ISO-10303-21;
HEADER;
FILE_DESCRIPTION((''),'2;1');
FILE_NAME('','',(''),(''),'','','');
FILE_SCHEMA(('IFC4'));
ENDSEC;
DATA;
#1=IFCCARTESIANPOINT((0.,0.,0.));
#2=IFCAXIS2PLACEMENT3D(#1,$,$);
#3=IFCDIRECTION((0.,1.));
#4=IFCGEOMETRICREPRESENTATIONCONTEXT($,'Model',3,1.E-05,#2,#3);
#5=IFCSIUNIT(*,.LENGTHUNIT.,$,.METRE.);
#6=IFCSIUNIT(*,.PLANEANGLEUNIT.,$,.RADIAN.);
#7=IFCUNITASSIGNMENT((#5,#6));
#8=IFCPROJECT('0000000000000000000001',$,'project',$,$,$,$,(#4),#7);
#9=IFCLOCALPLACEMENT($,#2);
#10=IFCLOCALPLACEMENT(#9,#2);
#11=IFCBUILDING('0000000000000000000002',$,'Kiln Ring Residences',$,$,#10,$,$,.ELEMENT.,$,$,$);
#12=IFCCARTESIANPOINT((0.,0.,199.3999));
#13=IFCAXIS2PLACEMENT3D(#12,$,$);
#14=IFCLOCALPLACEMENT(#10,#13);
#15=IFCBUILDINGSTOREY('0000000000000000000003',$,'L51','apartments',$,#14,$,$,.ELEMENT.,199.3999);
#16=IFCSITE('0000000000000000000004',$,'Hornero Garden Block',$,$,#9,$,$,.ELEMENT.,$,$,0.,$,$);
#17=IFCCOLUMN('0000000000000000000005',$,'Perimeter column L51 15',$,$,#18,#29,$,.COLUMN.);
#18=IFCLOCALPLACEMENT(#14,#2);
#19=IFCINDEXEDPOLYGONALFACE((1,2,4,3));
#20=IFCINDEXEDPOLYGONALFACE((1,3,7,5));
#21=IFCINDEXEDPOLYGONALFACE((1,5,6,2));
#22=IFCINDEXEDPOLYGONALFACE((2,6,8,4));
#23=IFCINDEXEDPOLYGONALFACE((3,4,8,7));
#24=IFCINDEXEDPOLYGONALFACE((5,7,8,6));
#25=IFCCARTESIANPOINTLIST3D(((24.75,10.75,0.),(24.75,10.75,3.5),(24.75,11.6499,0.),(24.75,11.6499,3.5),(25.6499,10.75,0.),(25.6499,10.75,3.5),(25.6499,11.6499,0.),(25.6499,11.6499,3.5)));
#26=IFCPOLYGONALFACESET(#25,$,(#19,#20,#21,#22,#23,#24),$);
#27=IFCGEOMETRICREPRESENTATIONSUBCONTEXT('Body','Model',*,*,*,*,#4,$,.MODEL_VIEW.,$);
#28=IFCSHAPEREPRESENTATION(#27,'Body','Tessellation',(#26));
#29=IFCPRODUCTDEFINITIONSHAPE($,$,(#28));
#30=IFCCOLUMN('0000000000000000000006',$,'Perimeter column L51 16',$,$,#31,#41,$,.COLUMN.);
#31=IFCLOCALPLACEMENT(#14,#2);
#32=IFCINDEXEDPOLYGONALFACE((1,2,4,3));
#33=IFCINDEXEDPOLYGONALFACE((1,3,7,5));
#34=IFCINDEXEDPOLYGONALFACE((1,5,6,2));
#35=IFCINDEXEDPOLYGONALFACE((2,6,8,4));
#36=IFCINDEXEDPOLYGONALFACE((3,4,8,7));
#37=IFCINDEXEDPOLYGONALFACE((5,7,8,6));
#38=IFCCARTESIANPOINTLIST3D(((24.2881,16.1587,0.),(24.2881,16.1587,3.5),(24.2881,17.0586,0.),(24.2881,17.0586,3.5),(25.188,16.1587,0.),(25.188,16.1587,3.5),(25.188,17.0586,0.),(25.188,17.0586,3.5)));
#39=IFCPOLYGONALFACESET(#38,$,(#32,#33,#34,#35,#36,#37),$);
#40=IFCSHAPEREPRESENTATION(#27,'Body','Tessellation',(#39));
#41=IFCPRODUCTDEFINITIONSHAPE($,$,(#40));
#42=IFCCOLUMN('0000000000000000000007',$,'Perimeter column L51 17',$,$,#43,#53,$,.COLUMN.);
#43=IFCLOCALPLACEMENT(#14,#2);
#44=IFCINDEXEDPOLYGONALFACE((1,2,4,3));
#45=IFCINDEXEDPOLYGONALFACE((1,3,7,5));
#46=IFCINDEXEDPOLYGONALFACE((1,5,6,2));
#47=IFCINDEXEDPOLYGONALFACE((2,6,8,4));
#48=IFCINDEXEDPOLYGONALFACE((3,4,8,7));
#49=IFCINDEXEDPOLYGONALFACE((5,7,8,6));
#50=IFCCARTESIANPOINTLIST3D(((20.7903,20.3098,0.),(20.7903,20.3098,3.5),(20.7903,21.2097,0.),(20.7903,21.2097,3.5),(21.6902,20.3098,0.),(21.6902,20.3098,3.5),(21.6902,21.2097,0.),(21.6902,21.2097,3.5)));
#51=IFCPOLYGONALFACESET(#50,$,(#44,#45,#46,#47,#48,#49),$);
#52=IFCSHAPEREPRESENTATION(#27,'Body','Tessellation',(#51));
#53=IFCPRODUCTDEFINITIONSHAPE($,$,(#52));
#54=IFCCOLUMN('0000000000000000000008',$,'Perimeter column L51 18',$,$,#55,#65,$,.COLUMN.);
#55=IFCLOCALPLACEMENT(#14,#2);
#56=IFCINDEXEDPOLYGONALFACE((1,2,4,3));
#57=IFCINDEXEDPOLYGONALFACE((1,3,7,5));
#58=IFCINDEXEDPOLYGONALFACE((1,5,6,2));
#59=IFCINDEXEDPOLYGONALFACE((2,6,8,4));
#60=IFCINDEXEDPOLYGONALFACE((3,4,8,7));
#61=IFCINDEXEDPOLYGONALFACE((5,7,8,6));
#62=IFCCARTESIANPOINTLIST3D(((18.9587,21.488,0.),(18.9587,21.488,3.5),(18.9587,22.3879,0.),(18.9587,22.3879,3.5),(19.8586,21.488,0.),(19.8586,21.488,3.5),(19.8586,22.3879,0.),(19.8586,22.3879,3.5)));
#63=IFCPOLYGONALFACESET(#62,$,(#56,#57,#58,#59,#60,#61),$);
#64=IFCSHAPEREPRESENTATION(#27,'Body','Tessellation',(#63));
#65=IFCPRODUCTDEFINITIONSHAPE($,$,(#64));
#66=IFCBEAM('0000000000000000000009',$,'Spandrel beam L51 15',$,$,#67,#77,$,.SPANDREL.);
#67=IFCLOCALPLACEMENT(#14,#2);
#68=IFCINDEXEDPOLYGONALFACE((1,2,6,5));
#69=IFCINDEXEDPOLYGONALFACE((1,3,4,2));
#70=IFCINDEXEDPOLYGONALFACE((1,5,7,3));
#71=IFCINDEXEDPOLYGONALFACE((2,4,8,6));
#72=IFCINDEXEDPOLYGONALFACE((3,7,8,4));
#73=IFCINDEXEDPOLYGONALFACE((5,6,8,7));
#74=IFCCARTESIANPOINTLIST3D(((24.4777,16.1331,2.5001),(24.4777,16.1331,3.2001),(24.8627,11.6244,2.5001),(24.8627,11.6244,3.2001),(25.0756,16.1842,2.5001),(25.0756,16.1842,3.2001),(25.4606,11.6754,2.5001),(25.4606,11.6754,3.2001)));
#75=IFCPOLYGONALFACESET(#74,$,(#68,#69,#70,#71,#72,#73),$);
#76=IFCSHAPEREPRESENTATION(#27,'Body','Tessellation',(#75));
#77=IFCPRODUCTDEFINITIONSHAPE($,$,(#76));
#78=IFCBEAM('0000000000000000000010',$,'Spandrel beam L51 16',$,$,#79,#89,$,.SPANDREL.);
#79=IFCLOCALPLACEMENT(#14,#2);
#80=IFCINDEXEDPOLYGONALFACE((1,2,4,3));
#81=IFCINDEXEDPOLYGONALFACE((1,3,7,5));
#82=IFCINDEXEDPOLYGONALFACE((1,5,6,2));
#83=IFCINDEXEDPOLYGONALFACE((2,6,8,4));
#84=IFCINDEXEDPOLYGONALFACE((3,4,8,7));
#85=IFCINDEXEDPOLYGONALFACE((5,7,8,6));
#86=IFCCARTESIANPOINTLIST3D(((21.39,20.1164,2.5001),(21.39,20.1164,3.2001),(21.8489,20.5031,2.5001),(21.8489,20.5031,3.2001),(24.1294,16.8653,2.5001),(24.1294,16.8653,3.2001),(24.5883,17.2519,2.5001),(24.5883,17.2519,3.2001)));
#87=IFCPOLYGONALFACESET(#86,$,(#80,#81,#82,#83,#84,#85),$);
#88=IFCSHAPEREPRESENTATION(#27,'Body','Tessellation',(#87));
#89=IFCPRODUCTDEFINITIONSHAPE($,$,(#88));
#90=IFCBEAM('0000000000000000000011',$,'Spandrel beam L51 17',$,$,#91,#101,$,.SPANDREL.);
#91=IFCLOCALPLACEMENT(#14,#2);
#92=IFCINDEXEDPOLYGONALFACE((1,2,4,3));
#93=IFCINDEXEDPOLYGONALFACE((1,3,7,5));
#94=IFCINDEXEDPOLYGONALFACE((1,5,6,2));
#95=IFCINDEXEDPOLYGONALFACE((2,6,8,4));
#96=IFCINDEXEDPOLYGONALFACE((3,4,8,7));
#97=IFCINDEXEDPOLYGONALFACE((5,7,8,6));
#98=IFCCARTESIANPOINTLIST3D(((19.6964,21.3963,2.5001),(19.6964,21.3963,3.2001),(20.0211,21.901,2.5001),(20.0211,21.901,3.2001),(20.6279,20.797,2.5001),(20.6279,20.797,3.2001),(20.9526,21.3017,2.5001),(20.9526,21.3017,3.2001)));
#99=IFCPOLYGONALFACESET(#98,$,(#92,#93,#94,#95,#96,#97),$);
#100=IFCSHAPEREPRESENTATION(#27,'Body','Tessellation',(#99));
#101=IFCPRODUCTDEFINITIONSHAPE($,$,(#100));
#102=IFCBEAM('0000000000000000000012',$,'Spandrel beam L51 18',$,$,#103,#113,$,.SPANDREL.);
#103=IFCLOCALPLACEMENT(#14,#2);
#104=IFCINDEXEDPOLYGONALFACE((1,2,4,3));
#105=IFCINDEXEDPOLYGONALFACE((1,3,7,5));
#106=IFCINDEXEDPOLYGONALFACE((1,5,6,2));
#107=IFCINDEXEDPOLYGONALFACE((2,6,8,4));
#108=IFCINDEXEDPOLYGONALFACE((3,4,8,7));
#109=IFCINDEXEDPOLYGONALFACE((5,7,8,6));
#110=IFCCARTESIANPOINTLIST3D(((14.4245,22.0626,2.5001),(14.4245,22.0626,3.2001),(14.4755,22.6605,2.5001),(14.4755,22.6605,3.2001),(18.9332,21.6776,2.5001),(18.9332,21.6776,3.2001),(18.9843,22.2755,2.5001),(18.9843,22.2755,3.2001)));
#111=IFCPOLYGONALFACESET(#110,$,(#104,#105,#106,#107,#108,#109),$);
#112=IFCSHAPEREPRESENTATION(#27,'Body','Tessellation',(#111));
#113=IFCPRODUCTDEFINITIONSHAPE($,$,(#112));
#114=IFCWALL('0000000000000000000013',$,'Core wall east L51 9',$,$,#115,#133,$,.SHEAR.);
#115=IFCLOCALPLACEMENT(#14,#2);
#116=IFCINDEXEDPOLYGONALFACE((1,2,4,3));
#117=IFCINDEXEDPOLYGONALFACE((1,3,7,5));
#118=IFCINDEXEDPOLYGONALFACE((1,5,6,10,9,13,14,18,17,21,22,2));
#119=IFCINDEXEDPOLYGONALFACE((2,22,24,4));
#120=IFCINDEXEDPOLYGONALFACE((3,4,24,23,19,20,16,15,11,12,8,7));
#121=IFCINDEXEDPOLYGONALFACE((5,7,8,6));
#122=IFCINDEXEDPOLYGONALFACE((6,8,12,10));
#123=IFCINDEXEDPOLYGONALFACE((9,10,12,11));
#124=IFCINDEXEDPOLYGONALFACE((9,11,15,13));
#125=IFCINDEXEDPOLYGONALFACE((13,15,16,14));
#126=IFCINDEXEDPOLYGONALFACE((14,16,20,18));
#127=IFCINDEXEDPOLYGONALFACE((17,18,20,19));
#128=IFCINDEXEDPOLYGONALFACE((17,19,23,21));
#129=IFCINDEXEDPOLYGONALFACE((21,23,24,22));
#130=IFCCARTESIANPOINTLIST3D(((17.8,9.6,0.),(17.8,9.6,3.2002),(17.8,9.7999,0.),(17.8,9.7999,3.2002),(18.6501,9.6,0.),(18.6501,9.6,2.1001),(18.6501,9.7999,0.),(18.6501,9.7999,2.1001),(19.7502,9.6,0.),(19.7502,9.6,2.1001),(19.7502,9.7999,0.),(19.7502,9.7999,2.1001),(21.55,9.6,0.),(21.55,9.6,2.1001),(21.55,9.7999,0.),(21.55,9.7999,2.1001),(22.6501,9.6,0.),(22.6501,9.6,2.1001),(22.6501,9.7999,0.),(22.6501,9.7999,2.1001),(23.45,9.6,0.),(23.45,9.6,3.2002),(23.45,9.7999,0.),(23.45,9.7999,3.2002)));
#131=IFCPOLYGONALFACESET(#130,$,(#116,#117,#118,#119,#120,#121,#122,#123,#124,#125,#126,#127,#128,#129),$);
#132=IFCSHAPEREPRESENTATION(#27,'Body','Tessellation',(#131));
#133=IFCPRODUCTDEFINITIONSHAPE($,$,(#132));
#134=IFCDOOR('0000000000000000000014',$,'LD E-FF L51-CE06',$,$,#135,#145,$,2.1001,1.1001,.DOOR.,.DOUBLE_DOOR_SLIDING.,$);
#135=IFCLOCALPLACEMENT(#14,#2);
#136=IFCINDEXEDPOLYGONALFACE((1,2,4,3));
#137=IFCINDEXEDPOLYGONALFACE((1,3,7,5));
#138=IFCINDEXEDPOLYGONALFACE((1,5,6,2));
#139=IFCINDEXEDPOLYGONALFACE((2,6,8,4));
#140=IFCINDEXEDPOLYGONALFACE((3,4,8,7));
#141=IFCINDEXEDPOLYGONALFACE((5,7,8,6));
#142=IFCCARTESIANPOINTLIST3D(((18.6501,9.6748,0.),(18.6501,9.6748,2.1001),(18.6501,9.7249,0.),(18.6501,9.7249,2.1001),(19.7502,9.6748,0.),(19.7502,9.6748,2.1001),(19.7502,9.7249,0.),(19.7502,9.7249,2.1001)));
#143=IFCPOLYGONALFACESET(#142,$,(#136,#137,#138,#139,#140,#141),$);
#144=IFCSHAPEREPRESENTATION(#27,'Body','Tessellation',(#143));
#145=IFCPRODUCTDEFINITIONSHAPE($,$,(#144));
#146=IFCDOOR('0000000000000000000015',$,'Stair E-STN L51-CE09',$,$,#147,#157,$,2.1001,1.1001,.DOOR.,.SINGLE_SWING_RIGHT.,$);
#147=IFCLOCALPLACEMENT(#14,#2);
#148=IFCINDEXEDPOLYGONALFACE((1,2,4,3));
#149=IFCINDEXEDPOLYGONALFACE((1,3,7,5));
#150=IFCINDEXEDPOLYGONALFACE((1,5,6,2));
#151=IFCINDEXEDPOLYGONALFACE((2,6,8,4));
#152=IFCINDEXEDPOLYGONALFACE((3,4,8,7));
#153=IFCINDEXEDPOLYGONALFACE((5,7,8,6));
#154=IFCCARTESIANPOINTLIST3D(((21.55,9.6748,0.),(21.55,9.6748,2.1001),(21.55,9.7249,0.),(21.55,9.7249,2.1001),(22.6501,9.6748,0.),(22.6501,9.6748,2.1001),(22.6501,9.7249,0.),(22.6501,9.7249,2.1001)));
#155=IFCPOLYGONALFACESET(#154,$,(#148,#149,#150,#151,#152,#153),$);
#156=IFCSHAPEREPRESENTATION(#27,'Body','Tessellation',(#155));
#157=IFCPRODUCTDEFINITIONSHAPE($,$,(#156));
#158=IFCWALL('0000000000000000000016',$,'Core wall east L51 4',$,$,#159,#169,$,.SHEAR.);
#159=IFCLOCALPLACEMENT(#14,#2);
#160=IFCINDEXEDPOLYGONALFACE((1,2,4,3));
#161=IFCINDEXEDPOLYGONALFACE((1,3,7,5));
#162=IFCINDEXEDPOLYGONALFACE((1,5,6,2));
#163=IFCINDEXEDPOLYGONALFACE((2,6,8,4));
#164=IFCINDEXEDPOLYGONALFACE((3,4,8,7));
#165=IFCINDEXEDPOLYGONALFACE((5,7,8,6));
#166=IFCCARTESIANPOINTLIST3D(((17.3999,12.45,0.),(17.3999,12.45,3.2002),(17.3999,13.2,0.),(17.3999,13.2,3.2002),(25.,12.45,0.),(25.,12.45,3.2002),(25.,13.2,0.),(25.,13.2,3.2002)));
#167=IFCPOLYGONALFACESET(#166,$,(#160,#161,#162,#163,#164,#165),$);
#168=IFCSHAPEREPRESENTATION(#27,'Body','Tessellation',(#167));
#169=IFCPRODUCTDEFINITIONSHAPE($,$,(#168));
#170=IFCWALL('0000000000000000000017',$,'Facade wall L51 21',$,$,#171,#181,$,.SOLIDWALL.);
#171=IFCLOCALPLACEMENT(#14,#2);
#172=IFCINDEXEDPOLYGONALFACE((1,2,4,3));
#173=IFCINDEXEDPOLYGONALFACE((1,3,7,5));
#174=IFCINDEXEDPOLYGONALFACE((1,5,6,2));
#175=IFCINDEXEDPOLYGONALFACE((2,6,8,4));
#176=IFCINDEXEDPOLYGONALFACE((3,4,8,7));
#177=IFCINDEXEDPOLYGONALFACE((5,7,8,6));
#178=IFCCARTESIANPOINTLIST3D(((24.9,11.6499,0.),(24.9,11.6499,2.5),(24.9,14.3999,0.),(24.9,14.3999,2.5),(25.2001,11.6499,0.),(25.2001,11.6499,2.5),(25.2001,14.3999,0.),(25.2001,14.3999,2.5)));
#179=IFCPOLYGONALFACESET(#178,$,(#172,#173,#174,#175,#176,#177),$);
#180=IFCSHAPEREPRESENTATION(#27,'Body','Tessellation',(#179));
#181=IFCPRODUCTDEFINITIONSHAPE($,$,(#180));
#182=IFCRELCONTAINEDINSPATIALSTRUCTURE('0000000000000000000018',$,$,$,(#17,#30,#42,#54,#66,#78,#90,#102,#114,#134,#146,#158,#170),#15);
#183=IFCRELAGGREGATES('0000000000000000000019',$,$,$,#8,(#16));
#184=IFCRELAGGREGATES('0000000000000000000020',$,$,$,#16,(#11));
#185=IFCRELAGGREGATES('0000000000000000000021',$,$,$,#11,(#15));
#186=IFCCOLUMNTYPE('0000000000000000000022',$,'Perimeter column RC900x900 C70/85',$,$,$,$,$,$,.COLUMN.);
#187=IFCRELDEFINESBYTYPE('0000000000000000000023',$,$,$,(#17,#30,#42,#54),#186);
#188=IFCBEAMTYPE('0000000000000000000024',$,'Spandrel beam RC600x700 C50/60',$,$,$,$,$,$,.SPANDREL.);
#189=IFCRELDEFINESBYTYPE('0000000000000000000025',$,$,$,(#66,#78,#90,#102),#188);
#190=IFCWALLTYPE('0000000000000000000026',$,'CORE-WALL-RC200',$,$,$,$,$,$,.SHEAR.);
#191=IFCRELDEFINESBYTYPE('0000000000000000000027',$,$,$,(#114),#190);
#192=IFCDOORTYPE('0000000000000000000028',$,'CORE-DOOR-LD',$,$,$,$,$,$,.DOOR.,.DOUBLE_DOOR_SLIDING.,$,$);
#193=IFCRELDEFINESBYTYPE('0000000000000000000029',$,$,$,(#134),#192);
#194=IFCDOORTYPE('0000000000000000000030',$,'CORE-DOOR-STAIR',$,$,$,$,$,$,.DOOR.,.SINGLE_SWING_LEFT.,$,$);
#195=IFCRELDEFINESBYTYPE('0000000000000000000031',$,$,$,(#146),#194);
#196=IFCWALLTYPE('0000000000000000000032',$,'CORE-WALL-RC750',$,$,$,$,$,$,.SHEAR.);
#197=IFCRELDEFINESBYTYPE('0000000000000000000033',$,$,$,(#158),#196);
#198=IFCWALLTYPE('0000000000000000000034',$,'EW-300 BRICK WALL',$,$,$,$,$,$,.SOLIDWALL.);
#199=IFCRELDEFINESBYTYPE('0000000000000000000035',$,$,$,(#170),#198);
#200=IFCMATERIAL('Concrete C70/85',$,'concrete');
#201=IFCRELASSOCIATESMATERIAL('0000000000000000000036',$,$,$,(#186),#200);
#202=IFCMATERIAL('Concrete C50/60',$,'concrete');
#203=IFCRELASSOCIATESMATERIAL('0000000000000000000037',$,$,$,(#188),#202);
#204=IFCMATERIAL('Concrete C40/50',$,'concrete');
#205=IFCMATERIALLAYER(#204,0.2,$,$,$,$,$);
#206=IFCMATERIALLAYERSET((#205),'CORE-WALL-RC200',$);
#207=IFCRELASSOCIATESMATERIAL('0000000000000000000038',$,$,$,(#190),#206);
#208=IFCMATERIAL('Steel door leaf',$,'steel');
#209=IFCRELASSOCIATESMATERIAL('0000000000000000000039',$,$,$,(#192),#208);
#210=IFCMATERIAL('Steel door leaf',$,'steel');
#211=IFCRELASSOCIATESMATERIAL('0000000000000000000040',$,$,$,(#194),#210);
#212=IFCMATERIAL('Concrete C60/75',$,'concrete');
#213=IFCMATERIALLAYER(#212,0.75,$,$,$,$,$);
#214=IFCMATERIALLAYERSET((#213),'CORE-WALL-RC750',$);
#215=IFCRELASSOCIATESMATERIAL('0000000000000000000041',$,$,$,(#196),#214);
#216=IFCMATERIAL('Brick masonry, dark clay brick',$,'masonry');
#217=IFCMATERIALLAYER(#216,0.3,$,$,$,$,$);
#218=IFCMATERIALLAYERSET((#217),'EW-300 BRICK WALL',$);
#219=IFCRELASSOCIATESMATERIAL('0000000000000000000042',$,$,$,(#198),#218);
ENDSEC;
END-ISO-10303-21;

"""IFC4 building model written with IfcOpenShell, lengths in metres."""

from ifc_helpers import new_model, si_unit, direction, frame, frame_2d, origin, origin_2d, place, context, subcontext, project, spatial, rectangle, extrude, material, layer, layer_set, material_profile, profile_set, type_object, element, fill, save


model = new_model("IFC4")

# Units and contexts
model_context = context("Model", 3, precision=1e-05, world=origin(), true_north=direction((0.0, 1.0)))
body_context = subcontext(model_context, "Body", "Model", "MODEL_VIEW")
ifc_project = project(units=[si_unit("LENGTHUNIT", "METRE"), si_unit("PLANEANGLEUNIT", "RADIAN")], contexts=[model_context])

# Site, building, storey
site_placement = place(None, origin())
site = spatial("IfcSite", under=ifc_project, at=site_placement, Name="Hornero Garden Block", CompositionType="ELEMENT", RefElevation=0.0)
building_placement = place(site_placement, origin())
building = spatial("IfcBuilding", under=site, at=building_placement, Name="Kiln Ring Residences", CompositionType="ELEMENT")
storey_placement = place(building_placement, frame((0.0, 0.0, 199.3999)))
storey = spatial("IfcBuildingStorey", under=building, at=storey_placement, Name="L51", Description="apartments", CompositionType="ELEMENT", Elevation=199.3999)

# Columns
ifc_material_1 = material(Name="Concrete C70/85", Category="concrete")
ifc_material_profile_1 = material_profile(ifc_material_1, rectangle(XDim=0.8999, YDim=0.8999, at=origin_2d()), Name="RC900x900")
ifc_profile_set_1 = profile_set([ifc_material_profile_1], Name="Concrete C70/85")
column_type = type_object("IfcColumnType", Name="Perimeter column RC900x900 C70/85", PredefinedType="COLUMN", material=ifc_profile_set_1)
for number, where, z_axis, x_axis, name in (
    (1, (25.2, 11.2, 0.0), (0.0, 0.0, 1.0), (1.0, 0.0, 0.0), "Perimeter column L51 15"),
    (2, (24.738, 16.6086, 0.0), (0.0, 0.0, 1.0), (1.0, 0.0, 0.0), "Perimeter column L51 16"),
    (3, (21.2402, 20.7598, 0.0), (0.0, 0.0, 1.0), (1.0, 0.0, 0.0), "Perimeter column L51 17"),
    (4, (19.4087, 21.938, 0.0), (0.0, 0.0, 1.0), (1.0, 0.0, 0.0), "Perimeter column L51 18"),
):
    element("IfcColumn", number, at=place(storey_placement, frame(where, z_axis=z_axis, x_axis=x_axis)), inside=storey, type_object=column_type, Name=name, PredefinedType="COLUMN", context=body_context, shape_type="SweptSolid", body=[
        extrude(rectangle(XDim=0.8999, YDim=0.8999, at=origin_2d()), origin(), (0.0, 0.0, 1.0), 3.5),
    ])

# Beams
ifc_material_2 = material(Name="Concrete C50/60", Category="concrete")
ifc_material_profile_2 = material_profile(ifc_material_2, rectangle(XDim=0.6001, YDim=0.7, at=origin_2d()), Name="RC600x700")
ifc_profile_set_2 = profile_set([ifc_material_profile_2], Name="Concrete C50/60")
beam_type = type_object("IfcBeamType", Name="Spandrel beam RC600x700 C50/60", PredefinedType="SPANDREL", material=ifc_profile_set_2)
beam_1_placement = place(storey_placement, frame((25.1616, 11.6499, 2.8501), z_axis=(-0.085081, 0.996374, 0.0), x_axis=(-0.996374, -0.085081, 0.0)))
element("IfcBeam", 5, at=beam_1_placement, inside=storey, type_object=beam_type, Name="Spandrel beam L51 15", PredefinedType="SPANDREL", context=body_context, shape_type="SweptSolid", body=[
    extrude(rectangle(XDim=0.6001, YDim=0.7, at=origin_2d()), origin(), (0.0, 0.0, 1.0), 4.5251),
])
beam_2_placement = place(storey_placement, frame((24.3589, 17.0586, 2.8501), z_axis=(-0.64436, 0.764722, 0.0), x_axis=(-0.764722, -0.64436, 0.0)))
element("IfcBeam", 6, at=beam_2_placement, inside=storey, type_object=beam_type, Name="Spandrel beam L51 16", PredefinedType="SPANDREL", context=body_context, shape_type="SweptSolid", body=[
    extrude(rectangle(XDim=0.6001, YDim=0.7, at=origin_2d()), origin(), (0.0, 0.0, 1.0), 4.2515),
])
beam_3_placement = place(storey_placement, frame((20.7903, 21.0493, 2.8501), z_axis=(-0.840992, 0.541047, 0.0), x_axis=(-0.541047, -0.840992, 0.0)))
element("IfcBeam", 7, at=beam_3_placement, inside=storey, type_object=beam_type, Name="Spandrel beam L51 17", PredefinedType="SPANDREL", context=body_context, shape_type="SweptSolid", body=[
    extrude(rectangle(XDim=0.6001, YDim=0.7, at=origin_2d()), origin(), (0.0, 0.0, 1.0), 1.1077),
])
beam_4_placement = place(storey_placement, frame((18.9587, 21.9766, 2.8501), z_axis=(-0.996374, 0.085081, 0.0), x_axis=(-0.085081, -0.996374, 0.0)))
element("IfcBeam", 8, at=beam_4_placement, inside=storey, type_object=beam_type, Name="Spandrel beam L51 18", PredefinedType="SPANDREL", context=body_context, shape_type="SweptSolid", body=[
    extrude(rectangle(XDim=0.6001, YDim=0.7, at=origin_2d()), origin(), (0.0, 0.0, 1.0), 4.5251),
])

# Wall, openings, doors
ifc_material_3 = material(Name="Concrete C40/50", Category="concrete")
ifc_layer_1 = layer(ifc_material_3, 0.2)
ifc_layer_set_1 = layer_set([ifc_layer_1], Name="CORE-WALL-RC200")
wall_type_1 = type_object("IfcWallType", Name="CORE-WALL-RC200", PredefinedType="SHEAR", material=ifc_layer_set_1)
wall_1_placement = place(storey_placement, frame((17.8, 9.7, 0.0), z_axis=(0.0, 0.0, 1.0), x_axis=(1.0, 0.0, 0.0)))
wall_1 = element("IfcWall", 9, at=wall_1_placement, inside=storey, type_object=wall_type_1, Name="Core wall east L51 9", PredefinedType="SHEAR", context=body_context, shape_type="SweptSolid", body=[
    extrude(rectangle(XDim=5.6499, YDim=0.2, at=frame_2d((2.825, 0.0))), origin(), (0.0, 0.0, 1.0), 3.2002),
])
opening_1_placement = place(wall_1_placement, frame((0.8501, 0.0, 0.0)))
opening_1 = element("IfcOpeningElement", 10, at=opening_1_placement, cuts=wall_1, PredefinedType="OPENING", context=body_context, shape_type="SweptSolid", body=[
    extrude(rectangle(XDim=1.1001, YDim=2.1001, at=frame_2d((0.55, 1.05))), frame((0.0, 0.1099, 0.0), z_axis=(0.0, -1.0, 0.0), x_axis=(1.0, 0.0, 0.0)), (0.0, 0.0, 1.0), 0.22),
])
opening_2_placement = place(wall_1_placement, frame((3.75, 0.0, 0.0)))
opening_2 = element("IfcOpeningElement", 11, at=opening_2_placement, cuts=wall_1, PredefinedType="OPENING", context=body_context, shape_type="SweptSolid", body=[
    extrude(rectangle(XDim=1.1001, YDim=2.1001, at=frame_2d((0.55, 1.05))), frame((0.0, 0.1099, 0.0), z_axis=(0.0, -1.0, 0.0), x_axis=(1.0, 0.0, 0.0)), (0.0, 0.0, 1.0), 0.22),
])
ifc_material_4 = material(Name="Steel door leaf", Category="steel")
door_type_1 = type_object("IfcDoorType", Name="CORE-DOOR-LD", OperationType="DOUBLE_DOOR_SLIDING", PredefinedType="DOOR", material=ifc_material_4)
door_1_placement = place(opening_1_placement, origin())
door_1 = element("IfcDoor", 12, at=door_1_placement, inside=storey, type_object=door_type_1, Name="LD E-FF L51-CE06", OperationType="DOUBLE_DOOR_SLIDING", OverallHeight=2.1001, OverallWidth=1.1001, PredefinedType="DOOR", context=body_context, shape_type="SweptSolid", body=[
    extrude(rectangle(XDim=1.1001, YDim=2.1001, at=frame_2d((0.55, 1.05))), frame((0.0, 0.0249, 0.0), z_axis=(0.0, -1.0, 0.0), x_axis=(1.0, 0.0, 0.0)), (0.0, 0.0, 1.0), 0.05),
])
fill(opening_1, door_1)
ifc_material_5 = material(Name="Steel door leaf", Category="steel")
door_type_2 = type_object("IfcDoorType", Name="CORE-DOOR-STAIR", OperationType="SINGLE_SWING_LEFT", PredefinedType="DOOR", material=ifc_material_5)
door_2_placement = place(opening_2_placement, origin())
door_2 = element("IfcDoor", 13, at=door_2_placement, inside=storey, type_object=door_type_2, Name="Stair E-STN L51-CE09", OperationType="SINGLE_SWING_RIGHT", OverallHeight=2.1001, OverallWidth=1.1001, PredefinedType="DOOR", context=body_context, shape_type="SweptSolid", body=[
    extrude(rectangle(XDim=1.1001, YDim=2.1001, at=frame_2d((0.55, 1.05))), frame((0.0, 0.0249, 0.0), z_axis=(0.0, -1.0, 0.0), x_axis=(1.0, 0.0, 0.0)), (0.0, 0.0, 1.0), 0.05),
])
fill(opening_2, door_2)

# Walls
ifc_material_6 = material(Name="Concrete C60/75", Category="concrete")
ifc_layer_2 = layer(ifc_material_6, 0.75)
ifc_layer_set_2 = layer_set([ifc_layer_2], Name="CORE-WALL-RC750")
wall_type_2 = type_object("IfcWallType", Name="CORE-WALL-RC750", PredefinedType="SHEAR", material=ifc_layer_set_2)
wall_2_placement = place(storey_placement, frame((17.3999, 12.825, 0.0), z_axis=(0.0, 0.0, 1.0), x_axis=(1.0, 0.0, 0.0)))
element("IfcWall", 14, at=wall_2_placement, inside=storey, type_object=wall_type_2, Name="Core wall east L51 4", PredefinedType="SHEAR", context=body_context, shape_type="SweptSolid", body=[
    extrude(rectangle(XDim=7.6001, YDim=0.75, at=frame_2d((3.8, 0.0))), origin(), (0.0, 0.0, 1.0), 3.2002),
])
ifc_material_7 = material(Name="Brick masonry, dark clay brick", Category="masonry")
ifc_layer_3 = layer(ifc_material_7, 0.3)
ifc_layer_set_3 = layer_set([ifc_layer_3], Name="EW-300 BRICK WALL")
wall_type_3 = type_object("IfcWallType", Name="EW-300 BRICK WALL", PredefinedType="SOLIDWALL", material=ifc_layer_set_3)
wall_3_placement = place(storey_placement, frame((25.05, 11.6499, 0.0), z_axis=(0.0, 0.0, 1.0), x_axis=(0.0, 1.0, 0.0)))
element("IfcWall", 15, at=wall_3_placement, inside=storey, type_object=wall_type_3, Name="Facade wall L51 21", PredefinedType="SOLIDWALL", context=body_context, shape_type="SweptSolid", body=[
    extrude(rectangle(XDim=2.75, YDim=0.3, at=frame_2d((1.375, 0.0))), origin(), (0.0, 0.0, 1.0), 2.5),
])

save(model, "model.ifc")
